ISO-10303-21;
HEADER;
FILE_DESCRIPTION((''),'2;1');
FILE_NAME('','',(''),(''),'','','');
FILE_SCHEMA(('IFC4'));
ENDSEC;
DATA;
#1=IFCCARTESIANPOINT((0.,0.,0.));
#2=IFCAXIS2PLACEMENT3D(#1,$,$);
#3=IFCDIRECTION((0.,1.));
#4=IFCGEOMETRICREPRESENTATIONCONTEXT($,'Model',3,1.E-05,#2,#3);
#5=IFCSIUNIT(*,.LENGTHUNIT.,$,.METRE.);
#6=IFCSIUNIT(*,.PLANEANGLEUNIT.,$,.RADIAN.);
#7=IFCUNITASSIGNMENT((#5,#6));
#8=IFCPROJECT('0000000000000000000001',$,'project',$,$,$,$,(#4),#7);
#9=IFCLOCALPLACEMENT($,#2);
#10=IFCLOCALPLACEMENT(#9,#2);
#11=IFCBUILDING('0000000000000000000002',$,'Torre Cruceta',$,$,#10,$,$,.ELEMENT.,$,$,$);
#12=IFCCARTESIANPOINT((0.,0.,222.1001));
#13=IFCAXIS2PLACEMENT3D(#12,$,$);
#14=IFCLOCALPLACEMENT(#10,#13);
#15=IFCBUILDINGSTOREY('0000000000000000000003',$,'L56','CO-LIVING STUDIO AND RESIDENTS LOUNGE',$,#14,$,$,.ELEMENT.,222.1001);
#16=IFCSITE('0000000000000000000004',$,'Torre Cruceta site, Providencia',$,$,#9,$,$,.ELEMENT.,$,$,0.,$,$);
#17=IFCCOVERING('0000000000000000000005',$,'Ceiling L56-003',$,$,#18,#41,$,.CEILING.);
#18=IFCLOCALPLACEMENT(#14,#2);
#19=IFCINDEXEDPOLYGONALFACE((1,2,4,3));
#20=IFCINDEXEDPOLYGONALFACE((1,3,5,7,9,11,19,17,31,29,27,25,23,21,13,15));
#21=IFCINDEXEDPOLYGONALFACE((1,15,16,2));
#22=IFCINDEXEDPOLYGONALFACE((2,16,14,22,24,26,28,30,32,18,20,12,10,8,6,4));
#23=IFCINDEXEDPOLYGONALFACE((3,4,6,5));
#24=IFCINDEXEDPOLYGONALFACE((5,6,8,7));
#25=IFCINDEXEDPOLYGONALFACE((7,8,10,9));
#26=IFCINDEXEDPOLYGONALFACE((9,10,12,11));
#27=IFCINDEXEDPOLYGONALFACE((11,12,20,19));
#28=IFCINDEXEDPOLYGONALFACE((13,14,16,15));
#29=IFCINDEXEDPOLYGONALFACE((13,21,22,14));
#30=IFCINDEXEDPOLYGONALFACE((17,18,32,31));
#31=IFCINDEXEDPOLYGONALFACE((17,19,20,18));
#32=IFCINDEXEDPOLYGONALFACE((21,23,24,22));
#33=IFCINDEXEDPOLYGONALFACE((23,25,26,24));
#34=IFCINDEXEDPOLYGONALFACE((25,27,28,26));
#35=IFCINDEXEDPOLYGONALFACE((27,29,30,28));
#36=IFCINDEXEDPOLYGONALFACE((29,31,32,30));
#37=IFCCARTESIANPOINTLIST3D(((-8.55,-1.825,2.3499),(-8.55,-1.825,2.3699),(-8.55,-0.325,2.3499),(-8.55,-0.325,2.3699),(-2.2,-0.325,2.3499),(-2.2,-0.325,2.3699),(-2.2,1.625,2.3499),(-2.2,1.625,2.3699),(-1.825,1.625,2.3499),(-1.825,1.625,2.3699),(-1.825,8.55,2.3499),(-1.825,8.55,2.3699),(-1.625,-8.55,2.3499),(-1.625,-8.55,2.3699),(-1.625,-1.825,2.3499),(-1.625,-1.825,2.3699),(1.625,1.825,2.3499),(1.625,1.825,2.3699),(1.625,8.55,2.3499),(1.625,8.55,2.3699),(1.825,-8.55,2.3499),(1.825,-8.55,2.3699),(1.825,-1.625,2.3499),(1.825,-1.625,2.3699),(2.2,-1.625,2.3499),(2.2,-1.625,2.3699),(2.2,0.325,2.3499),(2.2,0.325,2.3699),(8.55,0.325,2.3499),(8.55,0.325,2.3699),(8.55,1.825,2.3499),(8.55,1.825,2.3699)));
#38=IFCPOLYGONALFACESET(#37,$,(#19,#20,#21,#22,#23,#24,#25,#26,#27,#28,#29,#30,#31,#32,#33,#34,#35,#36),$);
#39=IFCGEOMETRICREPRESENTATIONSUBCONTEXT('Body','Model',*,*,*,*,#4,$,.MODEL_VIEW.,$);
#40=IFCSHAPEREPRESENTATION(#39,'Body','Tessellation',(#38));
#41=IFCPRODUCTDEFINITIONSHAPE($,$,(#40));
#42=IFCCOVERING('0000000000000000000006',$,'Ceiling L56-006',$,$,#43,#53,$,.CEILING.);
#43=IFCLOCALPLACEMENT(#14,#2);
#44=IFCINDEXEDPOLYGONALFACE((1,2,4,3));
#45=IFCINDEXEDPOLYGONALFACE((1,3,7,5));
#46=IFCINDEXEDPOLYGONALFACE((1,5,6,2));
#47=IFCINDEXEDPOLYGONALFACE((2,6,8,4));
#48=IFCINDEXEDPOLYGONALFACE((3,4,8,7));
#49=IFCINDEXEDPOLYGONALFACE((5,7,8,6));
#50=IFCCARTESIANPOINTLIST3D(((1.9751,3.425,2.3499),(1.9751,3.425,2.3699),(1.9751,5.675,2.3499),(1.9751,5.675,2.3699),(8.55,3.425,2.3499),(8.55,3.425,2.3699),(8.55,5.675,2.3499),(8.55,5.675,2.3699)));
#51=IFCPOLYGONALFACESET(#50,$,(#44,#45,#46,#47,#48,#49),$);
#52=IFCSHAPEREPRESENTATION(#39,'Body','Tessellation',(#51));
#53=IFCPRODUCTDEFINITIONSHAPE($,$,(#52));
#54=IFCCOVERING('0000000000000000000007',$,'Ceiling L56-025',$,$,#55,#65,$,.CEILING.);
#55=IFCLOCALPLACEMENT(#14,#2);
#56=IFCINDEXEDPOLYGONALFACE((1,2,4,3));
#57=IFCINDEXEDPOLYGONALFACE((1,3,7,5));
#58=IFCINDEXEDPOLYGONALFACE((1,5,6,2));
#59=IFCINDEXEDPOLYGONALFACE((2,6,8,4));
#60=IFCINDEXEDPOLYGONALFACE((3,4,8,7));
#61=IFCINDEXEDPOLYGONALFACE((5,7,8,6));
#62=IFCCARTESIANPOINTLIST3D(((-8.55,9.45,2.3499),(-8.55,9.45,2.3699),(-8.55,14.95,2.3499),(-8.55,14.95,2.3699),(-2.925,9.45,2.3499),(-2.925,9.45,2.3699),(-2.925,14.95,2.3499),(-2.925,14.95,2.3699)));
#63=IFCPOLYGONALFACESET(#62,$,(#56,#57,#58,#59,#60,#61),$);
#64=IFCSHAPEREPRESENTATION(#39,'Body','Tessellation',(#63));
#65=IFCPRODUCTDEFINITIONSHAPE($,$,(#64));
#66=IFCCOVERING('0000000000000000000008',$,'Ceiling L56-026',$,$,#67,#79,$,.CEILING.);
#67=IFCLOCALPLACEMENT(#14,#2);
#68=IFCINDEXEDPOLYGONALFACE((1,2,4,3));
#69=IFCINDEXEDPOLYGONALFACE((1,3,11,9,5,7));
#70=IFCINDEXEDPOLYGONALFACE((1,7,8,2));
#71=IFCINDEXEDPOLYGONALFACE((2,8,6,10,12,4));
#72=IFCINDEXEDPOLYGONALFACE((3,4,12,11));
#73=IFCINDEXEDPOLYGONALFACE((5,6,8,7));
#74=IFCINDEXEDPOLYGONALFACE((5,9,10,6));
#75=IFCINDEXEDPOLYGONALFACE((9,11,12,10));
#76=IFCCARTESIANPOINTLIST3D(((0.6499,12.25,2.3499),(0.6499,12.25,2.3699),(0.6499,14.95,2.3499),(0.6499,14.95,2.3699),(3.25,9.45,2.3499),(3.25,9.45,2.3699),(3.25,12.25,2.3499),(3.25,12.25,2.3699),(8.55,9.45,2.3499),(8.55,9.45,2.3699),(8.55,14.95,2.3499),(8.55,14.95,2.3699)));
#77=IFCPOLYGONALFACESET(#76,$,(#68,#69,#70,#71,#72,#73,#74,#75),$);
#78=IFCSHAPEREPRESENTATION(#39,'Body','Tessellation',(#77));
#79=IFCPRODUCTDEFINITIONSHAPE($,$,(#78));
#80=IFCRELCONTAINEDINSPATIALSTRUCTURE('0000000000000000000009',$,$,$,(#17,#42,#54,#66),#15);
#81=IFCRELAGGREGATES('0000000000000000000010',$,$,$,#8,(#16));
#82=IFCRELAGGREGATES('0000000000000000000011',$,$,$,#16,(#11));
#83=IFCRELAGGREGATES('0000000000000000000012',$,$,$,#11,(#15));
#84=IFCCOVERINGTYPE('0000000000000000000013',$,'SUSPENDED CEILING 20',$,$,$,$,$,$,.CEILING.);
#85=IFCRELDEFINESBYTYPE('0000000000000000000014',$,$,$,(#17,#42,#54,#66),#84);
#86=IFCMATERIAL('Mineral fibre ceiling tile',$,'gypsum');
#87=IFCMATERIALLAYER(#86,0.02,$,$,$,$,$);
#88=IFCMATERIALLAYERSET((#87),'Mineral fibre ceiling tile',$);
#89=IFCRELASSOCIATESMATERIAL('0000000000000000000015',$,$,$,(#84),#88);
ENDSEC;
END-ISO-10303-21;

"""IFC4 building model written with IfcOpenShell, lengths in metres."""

from ifc_helpers import new_model, si_unit, direction, frame, origin, place, context, subcontext, project, spatial, polyline, outline, extrude, material, layer, layer_set, type_object, element, save


model = new_model("IFC4")

# Units and contexts
model_context = context("Model", 3, precision=1e-05, world=origin(), true_north=direction((0.0, 1.0)))
body_context = subcontext(model_context, "Body", "Model", "MODEL_VIEW")
ifc_project = project(units=[si_unit("LENGTHUNIT", "METRE"), si_unit("PLANEANGLEUNIT", "RADIAN")], contexts=[model_context])

# Site, building, storey
site_placement = place(None, origin())
site = spatial("IfcSite", under=ifc_project, at=site_placement, Name="Torre Cruceta site, Providencia", CompositionType="ELEMENT", RefElevation=0.0)
building_placement = place(site_placement, origin())
building = spatial("IfcBuilding", under=site, at=building_placement, Name="Torre Cruceta", CompositionType="ELEMENT")
storey_placement = place(building_placement, frame((0.0, 0.0, 222.1001)))
storey = spatial("IfcBuildingStorey", under=building, at=storey_placement, Name="L56", Description="CO-LIVING STUDIO AND RESIDENTS LOUNGE", CompositionType="ELEMENT", Elevation=222.1001)

# Coverings
ifc_material_1 = material(Name="Mineral fibre ceiling tile", Category="gypsum")
ifc_layer_1 = layer(ifc_material_1, 0.02)
ifc_layer_set_1 = layer_set([ifc_layer_1], Name="Mineral fibre ceiling tile")
covering_type = type_object("IfcCoveringType", Name="SUSPENDED CEILING 20", PredefinedType="CEILING", material=ifc_layer_set_1)
covering_1_placement = place(storey_placement, frame((0.0, 0.0, 2.3499)))
element("IfcCovering", 1, at=covering_1_placement, inside=storey, type_object=covering_type, Name="Ceiling L56-003", PredefinedType="CEILING", context=body_context, shape_type="SweptSolid", body=[
    extrude(outline(polyline([(1.825, -8.55), (-1.625, -8.55), (-1.625, -1.825), (-8.55, -1.825), (-8.55, -0.325), (-2.2, -0.325), (-2.2, 1.625), (-1.825, 1.625), (-1.825, 8.55), (1.625, 8.55), (1.625, 1.825), (8.55, 1.825), (8.55, 0.325), (2.2, 0.325), (2.2, -1.625), (1.825, -1.625), (1.825, -8.55)])), origin(), (0.0, 0.0, 1.0), 0.02),
])
covering_2_placement = place(storey_placement, frame((0.0, 0.0, 2.3499)))
element("IfcCovering", 2, at=covering_2_placement, inside=storey, type_object=covering_type, Name="Ceiling L56-006", PredefinedType="CEILING", context=body_context, shape_type="SweptSolid", body=[
    extrude(outline(polyline([(1.9751, 3.425), (1.9751, 5.675), (8.55, 5.675), (8.55, 3.425), (1.9751, 3.425)])), origin(), (0.0, 0.0, 1.0), 0.02),
])
covering_3_placement = place(storey_placement, frame((0.0, 0.0, 2.3499)))
element("IfcCovering", 3, at=covering_3_placement, inside=storey, type_object=covering_type, Name="Ceiling L56-025", PredefinedType="CEILING", context=body_context, shape_type="SweptSolid", body=[
    extrude(outline(polyline([(-2.925, 9.45), (-8.55, 9.45), (-8.55, 14.95), (-2.925, 14.95), (-2.925, 9.45)])), origin(), (0.0, 0.0, 1.0), 0.02),
])
covering_4_placement = place(storey_placement, frame((0.0, 0.0, 2.3499)))
element("IfcCovering", 4, at=covering_4_placement, inside=storey, type_object=covering_type, Name="Ceiling L56-026", PredefinedType="CEILING", context=body_context, shape_type="SweptSolid", body=[
    extrude(outline(polyline([(0.6499, 14.95), (8.55, 14.95), (8.55, 9.45), (3.25, 9.45), (3.25, 12.25), (0.6499, 12.25), (0.6499, 14.95)])), origin(), (0.0, 0.0, 1.0), 0.02),
])

save(model, "model.ifc")
